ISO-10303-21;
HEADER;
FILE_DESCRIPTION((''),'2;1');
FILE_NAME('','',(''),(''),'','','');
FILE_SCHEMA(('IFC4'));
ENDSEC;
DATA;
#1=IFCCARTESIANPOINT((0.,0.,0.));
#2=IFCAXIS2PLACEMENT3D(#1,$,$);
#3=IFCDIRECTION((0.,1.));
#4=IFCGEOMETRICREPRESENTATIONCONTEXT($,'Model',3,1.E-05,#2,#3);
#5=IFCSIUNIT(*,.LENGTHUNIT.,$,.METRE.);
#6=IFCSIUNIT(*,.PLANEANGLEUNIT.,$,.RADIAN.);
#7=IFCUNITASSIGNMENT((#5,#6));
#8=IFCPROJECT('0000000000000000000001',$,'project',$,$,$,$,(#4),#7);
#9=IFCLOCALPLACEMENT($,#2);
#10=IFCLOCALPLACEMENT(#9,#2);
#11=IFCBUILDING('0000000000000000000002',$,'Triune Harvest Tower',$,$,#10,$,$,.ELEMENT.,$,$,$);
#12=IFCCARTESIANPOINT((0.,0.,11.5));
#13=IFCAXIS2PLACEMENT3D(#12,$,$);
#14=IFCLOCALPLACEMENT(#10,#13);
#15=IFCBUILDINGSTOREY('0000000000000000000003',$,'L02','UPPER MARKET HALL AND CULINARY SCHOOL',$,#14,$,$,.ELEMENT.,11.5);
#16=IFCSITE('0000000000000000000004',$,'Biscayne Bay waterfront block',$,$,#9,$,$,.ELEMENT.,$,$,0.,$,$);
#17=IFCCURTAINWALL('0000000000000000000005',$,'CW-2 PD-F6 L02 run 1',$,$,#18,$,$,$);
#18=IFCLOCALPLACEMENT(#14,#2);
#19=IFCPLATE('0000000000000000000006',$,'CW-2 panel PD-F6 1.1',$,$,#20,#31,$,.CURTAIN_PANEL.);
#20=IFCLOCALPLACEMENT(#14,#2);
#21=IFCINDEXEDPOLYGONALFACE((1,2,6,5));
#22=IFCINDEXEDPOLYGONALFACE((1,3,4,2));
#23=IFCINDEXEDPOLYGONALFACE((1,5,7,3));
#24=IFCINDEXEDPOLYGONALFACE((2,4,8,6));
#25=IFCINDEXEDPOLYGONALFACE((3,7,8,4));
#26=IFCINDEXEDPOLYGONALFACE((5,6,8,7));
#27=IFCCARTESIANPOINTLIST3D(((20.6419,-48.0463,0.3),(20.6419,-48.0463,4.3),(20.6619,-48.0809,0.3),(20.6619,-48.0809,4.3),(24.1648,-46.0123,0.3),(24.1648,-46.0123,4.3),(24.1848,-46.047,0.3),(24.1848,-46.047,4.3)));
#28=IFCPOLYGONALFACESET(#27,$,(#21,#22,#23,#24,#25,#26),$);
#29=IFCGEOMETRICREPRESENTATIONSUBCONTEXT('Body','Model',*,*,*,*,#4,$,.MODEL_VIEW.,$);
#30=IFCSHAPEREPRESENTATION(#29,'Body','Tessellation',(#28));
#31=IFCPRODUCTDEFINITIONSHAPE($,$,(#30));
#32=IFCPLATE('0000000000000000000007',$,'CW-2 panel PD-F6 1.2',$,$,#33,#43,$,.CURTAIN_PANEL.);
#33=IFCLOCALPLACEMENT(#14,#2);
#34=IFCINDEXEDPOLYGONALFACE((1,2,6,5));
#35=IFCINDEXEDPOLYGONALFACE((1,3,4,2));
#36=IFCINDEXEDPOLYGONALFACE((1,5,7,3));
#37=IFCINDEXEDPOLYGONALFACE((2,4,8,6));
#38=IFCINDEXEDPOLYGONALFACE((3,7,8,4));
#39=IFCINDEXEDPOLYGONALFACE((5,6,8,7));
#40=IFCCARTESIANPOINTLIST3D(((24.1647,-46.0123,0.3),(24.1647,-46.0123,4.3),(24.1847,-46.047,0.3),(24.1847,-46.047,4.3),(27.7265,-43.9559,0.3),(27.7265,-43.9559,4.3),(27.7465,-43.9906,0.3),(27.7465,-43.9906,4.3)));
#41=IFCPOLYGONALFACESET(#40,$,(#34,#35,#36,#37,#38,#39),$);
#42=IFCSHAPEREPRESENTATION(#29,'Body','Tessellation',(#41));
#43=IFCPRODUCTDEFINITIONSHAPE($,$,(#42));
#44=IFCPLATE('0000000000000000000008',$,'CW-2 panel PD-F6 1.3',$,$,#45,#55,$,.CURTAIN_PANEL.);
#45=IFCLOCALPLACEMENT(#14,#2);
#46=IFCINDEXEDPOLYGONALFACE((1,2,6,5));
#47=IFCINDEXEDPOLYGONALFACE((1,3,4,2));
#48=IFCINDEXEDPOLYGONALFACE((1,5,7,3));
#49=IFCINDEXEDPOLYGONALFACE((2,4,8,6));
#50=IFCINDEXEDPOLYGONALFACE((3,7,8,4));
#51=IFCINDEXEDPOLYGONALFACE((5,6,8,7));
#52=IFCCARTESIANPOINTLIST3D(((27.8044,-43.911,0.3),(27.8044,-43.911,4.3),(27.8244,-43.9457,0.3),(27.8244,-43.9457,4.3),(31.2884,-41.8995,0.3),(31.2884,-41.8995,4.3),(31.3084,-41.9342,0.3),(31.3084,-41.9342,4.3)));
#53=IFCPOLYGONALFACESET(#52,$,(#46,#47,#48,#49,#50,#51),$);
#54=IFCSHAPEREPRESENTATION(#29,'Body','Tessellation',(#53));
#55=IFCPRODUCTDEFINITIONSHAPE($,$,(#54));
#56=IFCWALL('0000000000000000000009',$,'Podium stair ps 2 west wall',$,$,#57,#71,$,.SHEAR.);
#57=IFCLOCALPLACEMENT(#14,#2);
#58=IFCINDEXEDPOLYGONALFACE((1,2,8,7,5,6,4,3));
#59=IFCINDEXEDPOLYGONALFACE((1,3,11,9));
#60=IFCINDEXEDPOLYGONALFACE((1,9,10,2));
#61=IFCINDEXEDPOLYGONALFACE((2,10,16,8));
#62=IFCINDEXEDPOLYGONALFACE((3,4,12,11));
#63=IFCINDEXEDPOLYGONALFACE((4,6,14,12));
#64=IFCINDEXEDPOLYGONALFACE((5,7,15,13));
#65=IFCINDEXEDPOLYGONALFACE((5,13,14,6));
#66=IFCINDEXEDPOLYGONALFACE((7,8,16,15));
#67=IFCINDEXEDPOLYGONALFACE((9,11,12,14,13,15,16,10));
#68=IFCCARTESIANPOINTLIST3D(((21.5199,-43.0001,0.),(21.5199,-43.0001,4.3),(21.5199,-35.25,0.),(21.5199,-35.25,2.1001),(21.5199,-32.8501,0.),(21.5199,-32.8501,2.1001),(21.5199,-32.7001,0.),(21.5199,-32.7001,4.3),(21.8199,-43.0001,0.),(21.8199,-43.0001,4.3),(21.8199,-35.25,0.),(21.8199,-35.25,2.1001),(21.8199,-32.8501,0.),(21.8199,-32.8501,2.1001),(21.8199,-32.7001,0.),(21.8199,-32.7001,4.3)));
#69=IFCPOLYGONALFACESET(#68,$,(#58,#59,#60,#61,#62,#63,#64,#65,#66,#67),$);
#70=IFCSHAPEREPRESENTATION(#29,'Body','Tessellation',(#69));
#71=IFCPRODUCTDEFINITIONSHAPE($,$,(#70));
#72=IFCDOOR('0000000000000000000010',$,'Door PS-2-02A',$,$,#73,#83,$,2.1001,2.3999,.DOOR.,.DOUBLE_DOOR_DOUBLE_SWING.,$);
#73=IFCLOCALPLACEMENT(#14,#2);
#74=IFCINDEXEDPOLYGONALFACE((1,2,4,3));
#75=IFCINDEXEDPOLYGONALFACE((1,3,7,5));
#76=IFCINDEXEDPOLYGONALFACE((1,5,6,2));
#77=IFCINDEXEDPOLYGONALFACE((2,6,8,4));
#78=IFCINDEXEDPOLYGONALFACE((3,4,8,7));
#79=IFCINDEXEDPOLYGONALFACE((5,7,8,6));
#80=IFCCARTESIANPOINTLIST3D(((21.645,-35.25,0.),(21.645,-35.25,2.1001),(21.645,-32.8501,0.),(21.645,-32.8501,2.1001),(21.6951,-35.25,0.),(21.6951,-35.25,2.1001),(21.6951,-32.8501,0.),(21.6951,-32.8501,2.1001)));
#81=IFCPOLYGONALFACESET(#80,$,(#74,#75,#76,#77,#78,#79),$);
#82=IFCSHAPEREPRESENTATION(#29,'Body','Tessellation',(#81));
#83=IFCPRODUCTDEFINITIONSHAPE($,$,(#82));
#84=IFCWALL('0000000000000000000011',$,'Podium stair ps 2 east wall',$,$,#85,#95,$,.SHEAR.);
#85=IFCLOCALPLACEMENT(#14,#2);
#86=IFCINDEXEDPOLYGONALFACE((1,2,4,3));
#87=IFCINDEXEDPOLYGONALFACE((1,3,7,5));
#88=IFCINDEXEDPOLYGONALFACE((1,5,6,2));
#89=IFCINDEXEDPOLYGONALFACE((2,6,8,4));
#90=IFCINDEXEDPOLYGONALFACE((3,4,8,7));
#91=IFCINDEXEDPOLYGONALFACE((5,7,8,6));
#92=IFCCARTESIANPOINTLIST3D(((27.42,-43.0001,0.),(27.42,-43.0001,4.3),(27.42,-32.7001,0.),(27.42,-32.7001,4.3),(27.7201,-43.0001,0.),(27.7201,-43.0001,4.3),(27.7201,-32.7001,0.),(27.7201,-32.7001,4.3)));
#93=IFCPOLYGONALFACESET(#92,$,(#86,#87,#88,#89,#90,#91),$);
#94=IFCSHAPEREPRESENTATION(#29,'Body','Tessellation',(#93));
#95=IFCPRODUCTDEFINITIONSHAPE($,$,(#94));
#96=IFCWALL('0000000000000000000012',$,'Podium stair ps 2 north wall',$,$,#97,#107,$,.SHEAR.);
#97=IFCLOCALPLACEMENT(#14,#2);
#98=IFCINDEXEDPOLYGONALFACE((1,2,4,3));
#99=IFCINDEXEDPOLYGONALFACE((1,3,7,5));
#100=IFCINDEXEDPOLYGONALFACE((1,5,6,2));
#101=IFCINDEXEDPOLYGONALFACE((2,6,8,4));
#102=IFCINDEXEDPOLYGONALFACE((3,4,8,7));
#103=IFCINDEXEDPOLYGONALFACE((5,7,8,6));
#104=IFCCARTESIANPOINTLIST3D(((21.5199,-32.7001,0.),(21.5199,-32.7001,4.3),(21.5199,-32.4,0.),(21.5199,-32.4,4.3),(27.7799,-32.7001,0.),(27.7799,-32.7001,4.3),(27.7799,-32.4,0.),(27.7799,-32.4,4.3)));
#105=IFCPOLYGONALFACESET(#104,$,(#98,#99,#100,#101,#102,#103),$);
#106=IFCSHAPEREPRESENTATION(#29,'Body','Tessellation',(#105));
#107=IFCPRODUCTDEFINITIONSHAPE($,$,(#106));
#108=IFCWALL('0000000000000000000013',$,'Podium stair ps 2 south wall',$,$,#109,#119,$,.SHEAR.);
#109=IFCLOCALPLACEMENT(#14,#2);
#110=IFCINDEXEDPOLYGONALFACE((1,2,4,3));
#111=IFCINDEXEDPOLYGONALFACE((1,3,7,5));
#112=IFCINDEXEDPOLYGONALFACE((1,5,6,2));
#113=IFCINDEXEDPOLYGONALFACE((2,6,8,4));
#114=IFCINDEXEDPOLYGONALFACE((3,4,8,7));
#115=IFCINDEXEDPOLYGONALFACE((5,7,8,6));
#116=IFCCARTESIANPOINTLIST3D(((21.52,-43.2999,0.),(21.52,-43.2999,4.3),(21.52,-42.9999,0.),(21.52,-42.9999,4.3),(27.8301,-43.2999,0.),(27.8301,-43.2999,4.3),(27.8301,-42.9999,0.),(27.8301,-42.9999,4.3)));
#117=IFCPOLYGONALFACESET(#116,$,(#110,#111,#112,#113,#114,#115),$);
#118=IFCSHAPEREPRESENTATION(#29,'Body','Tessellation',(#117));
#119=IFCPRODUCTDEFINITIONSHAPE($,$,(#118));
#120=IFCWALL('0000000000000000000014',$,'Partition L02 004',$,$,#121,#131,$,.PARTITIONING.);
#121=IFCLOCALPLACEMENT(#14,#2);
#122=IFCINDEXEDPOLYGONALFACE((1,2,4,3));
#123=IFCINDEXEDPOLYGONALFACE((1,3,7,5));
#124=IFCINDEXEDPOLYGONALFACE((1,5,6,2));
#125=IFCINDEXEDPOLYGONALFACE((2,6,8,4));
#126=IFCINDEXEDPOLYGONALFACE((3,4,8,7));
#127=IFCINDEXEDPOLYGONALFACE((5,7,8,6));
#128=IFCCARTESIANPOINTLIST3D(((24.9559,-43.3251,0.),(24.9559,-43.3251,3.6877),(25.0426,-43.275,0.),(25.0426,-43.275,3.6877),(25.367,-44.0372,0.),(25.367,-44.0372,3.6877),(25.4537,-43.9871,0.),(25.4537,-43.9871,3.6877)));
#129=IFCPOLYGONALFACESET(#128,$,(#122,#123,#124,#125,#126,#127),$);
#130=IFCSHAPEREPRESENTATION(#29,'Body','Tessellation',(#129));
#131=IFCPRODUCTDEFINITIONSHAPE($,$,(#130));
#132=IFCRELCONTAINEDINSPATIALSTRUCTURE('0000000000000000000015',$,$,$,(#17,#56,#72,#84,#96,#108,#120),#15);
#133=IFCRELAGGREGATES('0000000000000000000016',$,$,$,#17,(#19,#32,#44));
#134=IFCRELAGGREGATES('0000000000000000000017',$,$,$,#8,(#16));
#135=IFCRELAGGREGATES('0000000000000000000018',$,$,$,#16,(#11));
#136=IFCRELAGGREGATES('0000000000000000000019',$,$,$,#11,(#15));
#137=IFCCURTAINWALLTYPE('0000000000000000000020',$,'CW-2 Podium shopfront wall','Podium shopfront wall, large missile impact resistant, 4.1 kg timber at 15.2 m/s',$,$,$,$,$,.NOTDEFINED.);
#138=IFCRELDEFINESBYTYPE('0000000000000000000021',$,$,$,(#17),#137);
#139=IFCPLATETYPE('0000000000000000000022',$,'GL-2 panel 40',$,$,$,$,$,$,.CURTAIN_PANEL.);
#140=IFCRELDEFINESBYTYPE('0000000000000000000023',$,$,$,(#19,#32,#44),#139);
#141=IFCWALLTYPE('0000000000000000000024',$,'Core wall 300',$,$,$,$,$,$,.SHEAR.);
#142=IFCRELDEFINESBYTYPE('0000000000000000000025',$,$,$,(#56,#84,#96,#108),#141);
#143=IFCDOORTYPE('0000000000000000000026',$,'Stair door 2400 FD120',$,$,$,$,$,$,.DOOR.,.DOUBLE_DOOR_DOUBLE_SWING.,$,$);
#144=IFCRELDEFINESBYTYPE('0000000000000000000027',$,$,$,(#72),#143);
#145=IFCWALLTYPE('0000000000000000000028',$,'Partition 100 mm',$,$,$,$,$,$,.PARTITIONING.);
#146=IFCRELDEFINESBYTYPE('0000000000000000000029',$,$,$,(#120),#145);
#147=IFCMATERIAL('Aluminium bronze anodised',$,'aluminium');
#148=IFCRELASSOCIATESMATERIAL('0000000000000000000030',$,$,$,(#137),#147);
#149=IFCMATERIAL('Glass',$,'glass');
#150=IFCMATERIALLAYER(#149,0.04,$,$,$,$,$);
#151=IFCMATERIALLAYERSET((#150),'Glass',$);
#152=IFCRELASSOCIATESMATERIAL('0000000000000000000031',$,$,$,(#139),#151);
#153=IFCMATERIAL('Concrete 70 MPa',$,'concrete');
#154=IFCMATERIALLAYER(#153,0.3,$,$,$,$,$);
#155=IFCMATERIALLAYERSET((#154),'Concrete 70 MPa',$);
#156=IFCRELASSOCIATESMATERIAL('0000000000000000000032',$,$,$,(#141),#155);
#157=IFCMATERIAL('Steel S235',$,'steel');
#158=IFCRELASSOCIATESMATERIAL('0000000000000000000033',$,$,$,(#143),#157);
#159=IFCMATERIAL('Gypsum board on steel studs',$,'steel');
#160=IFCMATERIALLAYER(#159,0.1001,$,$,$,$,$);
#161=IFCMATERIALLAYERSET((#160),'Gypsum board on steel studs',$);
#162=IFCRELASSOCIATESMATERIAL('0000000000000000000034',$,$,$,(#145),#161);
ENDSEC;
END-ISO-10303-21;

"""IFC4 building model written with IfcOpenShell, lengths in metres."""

from ifc_helpers import new_model, si_unit, direction, frame, frame_2d, origin, origin_2d, place, context, subcontext, project, spatial, rectangle, extrude, source, transform, mapped, material, layer, layer_set, type_object, element, fill, aggregate, save


model = new_model("IFC4")

# Units and contexts
model_context = context("Model", 3, precision=1e-05, world=origin(), true_north=direction((0.0, 1.0)))
body_context = subcontext(model_context, "Body", "Model", "MODEL_VIEW")
ifc_project = project(units=[si_unit("LENGTHUNIT", "METRE"), si_unit("PLANEANGLEUNIT", "RADIAN")], contexts=[model_context])

# Site, building, storey
site_placement = place(None, origin())
site = spatial("IfcSite", under=ifc_project, at=site_placement, Name="Biscayne Bay waterfront block", CompositionType="ELEMENT", RefElevation=0.0)
building_placement = place(site_placement, origin())
building = spatial("IfcBuilding", under=site, at=building_placement, Name="Triune Harvest Tower", CompositionType="ELEMENT")
storey_placement = place(building_placement, frame((0.0, 0.0, 11.5)))
storey = spatial("IfcBuildingStorey", under=building, at=storey_placement, Name="L02", Description="UPPER MARKET HALL AND CULINARY SCHOOL", CompositionType="ELEMENT", Elevation=11.5)

# Curtain wall
ifc_material_1 = material(Name="Aluminium bronze anodised", Category="aluminium")
curtain_wall_type = type_object("IfcCurtainWallType", Name="CW-2 Podium shopfront wall", Description="Podium shopfront wall, large missile impact resistant, 4.1 kg timber at 15.2 m/s", PredefinedType="NOTDEFINED", material=ifc_material_1)
curtain_wall_1_placement = place(storey_placement, origin())
curtain_wall_1 = element("IfcCurtainWall", 1, at=curtain_wall_1_placement, inside=storey, type_object=curtain_wall_type, Name="CW-2 PD-F6 L02 run 1")

# Plates
ifc_material_2 = material(Name="Glass", Category="glass")
ifc_layer_1 = layer(ifc_material_2, 0.04)
ifc_layer_set_1 = layer_set([ifc_layer_1], Name="Glass")
plate_type = type_object("IfcPlateType", Name="GL-2 panel 40", PredefinedType="CURTAIN_PANEL", material=ifc_layer_set_1)
shared_shape_1 = source(origin(), body_context, "Body", "SweptSolid", [
    extrude(rectangle(XDim=4.0679, YDim=0.04, at=origin_2d()), origin(), (0.0, 0.0, 1.0), 4.0),
])
plate_1_placement = place(storey_placement, frame((22.4133, -47.0466, 0.3), z_axis=(0.0, 0.0, 1.0), x_axis=(0.866027, 0.499998, 0.0)))
plate_1 = element("IfcPlate", 2, at=plate_1_placement, type_object=plate_type, Name="CW-2 panel PD-F6 1.1", PredefinedType="CURTAIN_PANEL", context=body_context, shape_type="MappedRepresentation", body=[
    mapped(shared_shape_1, transform((0.0, 0.0, 0.0), scale=1.0)),
])
shared_shape_2 = source(origin(), body_context, "Body", "SweptSolid", [
    extrude(rectangle(XDim=4.1128, YDim=0.04, at=origin_2d()), origin(), (0.0, 0.0, 1.0), 4.0),
])
plate_2_placement = place(storey_placement, frame((25.9556, -45.0015, 0.3), z_axis=(0.0, 0.0, 1.0), x_axis=(0.866027, 0.499998, 0.0)))
plate_2 = element("IfcPlate", 3, at=plate_2_placement, type_object=plate_type, Name="CW-2 panel PD-F6 1.2", PredefinedType="CURTAIN_PANEL", context=body_context, shape_type="MappedRepresentation", body=[
    mapped(shared_shape_2, transform((0.0, 0.0, 0.0), scale=1.0)),
])
shared_shape_3 = source(origin(), body_context, "Body", "SweptSolid", [
    extrude(rectangle(XDim=4.0229, YDim=0.04, at=origin_2d()), origin(), (0.0, 0.0, 1.0), 4.0),
])
plate_3_placement = place(storey_placement, frame((29.5564, -42.9226, 0.3), z_axis=(0.0, 0.0, 1.0), x_axis=(0.866027, 0.499998, 0.0)))
plate_3 = element("IfcPlate", 4, at=plate_3_placement, type_object=plate_type, Name="CW-2 panel PD-F6 1.3", PredefinedType="CURTAIN_PANEL", context=body_context, shape_type="MappedRepresentation", body=[
    mapped(shared_shape_3, transform((0.0, 0.0, 0.0), scale=1.0)),
])
aggregate(curtain_wall_1, [plate_1, plate_2, plate_3])

# Wall, opening, door
ifc_material_3 = material(Name="Concrete 70 MPa", Category="concrete")
ifc_layer_2 = layer(ifc_material_3, 0.3)
ifc_layer_set_2 = layer_set([ifc_layer_2], Name="Concrete 70 MPa")
wall_type_1 = type_object("IfcWallType", Name="Core wall 300", PredefinedType="SHEAR", material=ifc_layer_set_2)
shared_shape_4 = source(origin(), body_context, "Body", "SweptSolid", [
    extrude(rectangle(XDim=10.3, YDim=0.3, at=frame_2d((5.1499, 0.0))), origin(), (0.0, 0.0, 1.0), 4.3),
])
wall_1_placement = place(storey_placement, frame((21.6699, -43.0, 0.0), z_axis=(0.0, 0.0, 1.0), x_axis=(0.0, 1.0, 0.0)))
wall_1 = element("IfcWall", 5, at=wall_1_placement, inside=storey, type_object=wall_type_1, Name="Podium stair ps 2 west wall", PredefinedType="SHEAR", context=body_context, shape_type="MappedRepresentation", body=[
    mapped(shared_shape_4, transform((0.0, 0.0, 0.0), scale=1.0)),
])
opening_placement = place(wall_1_placement, frame((7.75, 0.0, 0.0)))
opening = element("IfcOpeningElement", 6, at=opening_placement, cuts=wall_1, PredefinedType="OPENING", context=body_context, shape_type="SweptSolid", body=[
    extrude(rectangle(XDim=2.3999, YDim=2.1001, at=frame_2d((1.2, 1.05))), frame((0.0, 0.1602, 0.0), z_axis=(0.0, -1.0, 0.0), x_axis=(1.0, 0.0, 0.0)), (0.0, 0.0, 1.0), 0.3201),
])
ifc_material_4 = material(Name="Steel S235", Category="steel")
door_type = type_object("IfcDoorType", Name="Stair door 2400 FD120", OperationType="DOUBLE_DOOR_DOUBLE_SWING", PredefinedType="DOOR", material=ifc_material_4)
door_placement = place(opening_placement, origin())
door = element("IfcDoor", 7, at=door_placement, inside=storey, type_object=door_type, Name="Door PS-2-02A", OperationType="DOUBLE_DOOR_DOUBLE_SWING", OverallHeight=2.1001, OverallWidth=2.3999, PredefinedType="DOOR", context=body_context, shape_type="SweptSolid", body=[
    extrude(rectangle(XDim=2.3999, YDim=2.1001, at=frame_2d((1.2, 1.05))), frame((0.0, 0.0249, 0.0), z_axis=(0.0, -1.0, 0.0), x_axis=(1.0, 0.0, 0.0)), (0.0, 0.0, 1.0), 0.05),
])
fill(opening, door)

# Walls
wall_2_placement = place(storey_placement, frame((27.5701, -43.0, 0.0), z_axis=(0.0, 0.0, 1.0), x_axis=(0.0, 1.0, 0.0)))
element("IfcWall", 8, at=wall_2_placement, inside=storey, type_object=wall_type_1, Name="Podium stair ps 2 east wall", PredefinedType="SHEAR", context=body_context, shape_type="MappedRepresentation", body=[
    mapped(shared_shape_4, transform((0.0, 0.0, 0.0), scale=1.0)),
])
shared_shape_5 = source(origin(), body_context, "Body", "SweptSolid", [
    extrude(rectangle(XDim=6.26, YDim=0.3, at=frame_2d((3.1299, 0.0))), origin(), (0.0, 0.0, 1.0), 4.3),
])
wall_3_placement = place(storey_placement, frame((21.52, -32.55, 0.0), z_axis=(0.0, 0.0, 1.0), x_axis=(1.0, 0.0, 0.0)))
element("IfcWall", 9, at=wall_3_placement, inside=storey, type_object=wall_type_1, Name="Podium stair ps 2 north wall", PredefinedType="SHEAR", context=body_context, shape_type="MappedRepresentation", body=[
    mapped(shared_shape_5, transform((0.0, 0.0, 0.0), scale=1.0)),
])
shared_shape_6 = source(origin(), body_context, "Body", "SweptSolid", [
    extrude(rectangle(XDim=6.3101, YDim=0.3, at=frame_2d((3.155, 0.0))), origin(), (0.0, 0.0, 1.0), 4.3),
])
wall_4_placement = place(storey_placement, frame((21.52, -43.1499, 0.0), z_axis=(0.0, 0.0, 1.0), x_axis=(1.0, 0.0, 0.0)))
element("IfcWall", 10, at=wall_4_placement, inside=storey, type_object=wall_type_1, Name="Podium stair ps 2 south wall", PredefinedType="SHEAR", context=body_context, shape_type="MappedRepresentation", body=[
    mapped(shared_shape_6, transform((0.0, 0.0, 0.0), scale=1.0)),
])
ifc_material_5 = material(Name="Gypsum board on steel studs", Category="steel")
ifc_layer_3 = layer(ifc_material_5, 0.1001)
ifc_layer_set_3 = layer_set([ifc_layer_3], Name="Gypsum board on steel studs")
wall_type_2 = type_object("IfcWallType", Name="Partition 100 mm", PredefinedType="PARTITIONING", material=ifc_layer_set_3)
shared_shape_7 = source(origin(), body_context, "Body", "SweptSolid", [
    extrude(rectangle(XDim=0.8223, YDim=0.1001, at=frame_2d((0.4111, 0.0))), origin(), (0.0, 0.0, 1.0), 3.6877),
])
wall_5_placement = place(storey_placement, frame((24.9993, -43.3, 0.0), z_axis=(0.0, 0.0, 1.0), x_axis=(0.499971, -0.866042, 0.0)))
element("IfcWall", 11, at=wall_5_placement, inside=storey, type_object=wall_type_2, Name="Partition L02 004", PredefinedType="PARTITIONING", context=body_context, shape_type="MappedRepresentation", body=[
    mapped(shared_shape_7, transform((0.0, 0.0, 0.0), scale=1.0)),
])

save(model, "model.ifc")
